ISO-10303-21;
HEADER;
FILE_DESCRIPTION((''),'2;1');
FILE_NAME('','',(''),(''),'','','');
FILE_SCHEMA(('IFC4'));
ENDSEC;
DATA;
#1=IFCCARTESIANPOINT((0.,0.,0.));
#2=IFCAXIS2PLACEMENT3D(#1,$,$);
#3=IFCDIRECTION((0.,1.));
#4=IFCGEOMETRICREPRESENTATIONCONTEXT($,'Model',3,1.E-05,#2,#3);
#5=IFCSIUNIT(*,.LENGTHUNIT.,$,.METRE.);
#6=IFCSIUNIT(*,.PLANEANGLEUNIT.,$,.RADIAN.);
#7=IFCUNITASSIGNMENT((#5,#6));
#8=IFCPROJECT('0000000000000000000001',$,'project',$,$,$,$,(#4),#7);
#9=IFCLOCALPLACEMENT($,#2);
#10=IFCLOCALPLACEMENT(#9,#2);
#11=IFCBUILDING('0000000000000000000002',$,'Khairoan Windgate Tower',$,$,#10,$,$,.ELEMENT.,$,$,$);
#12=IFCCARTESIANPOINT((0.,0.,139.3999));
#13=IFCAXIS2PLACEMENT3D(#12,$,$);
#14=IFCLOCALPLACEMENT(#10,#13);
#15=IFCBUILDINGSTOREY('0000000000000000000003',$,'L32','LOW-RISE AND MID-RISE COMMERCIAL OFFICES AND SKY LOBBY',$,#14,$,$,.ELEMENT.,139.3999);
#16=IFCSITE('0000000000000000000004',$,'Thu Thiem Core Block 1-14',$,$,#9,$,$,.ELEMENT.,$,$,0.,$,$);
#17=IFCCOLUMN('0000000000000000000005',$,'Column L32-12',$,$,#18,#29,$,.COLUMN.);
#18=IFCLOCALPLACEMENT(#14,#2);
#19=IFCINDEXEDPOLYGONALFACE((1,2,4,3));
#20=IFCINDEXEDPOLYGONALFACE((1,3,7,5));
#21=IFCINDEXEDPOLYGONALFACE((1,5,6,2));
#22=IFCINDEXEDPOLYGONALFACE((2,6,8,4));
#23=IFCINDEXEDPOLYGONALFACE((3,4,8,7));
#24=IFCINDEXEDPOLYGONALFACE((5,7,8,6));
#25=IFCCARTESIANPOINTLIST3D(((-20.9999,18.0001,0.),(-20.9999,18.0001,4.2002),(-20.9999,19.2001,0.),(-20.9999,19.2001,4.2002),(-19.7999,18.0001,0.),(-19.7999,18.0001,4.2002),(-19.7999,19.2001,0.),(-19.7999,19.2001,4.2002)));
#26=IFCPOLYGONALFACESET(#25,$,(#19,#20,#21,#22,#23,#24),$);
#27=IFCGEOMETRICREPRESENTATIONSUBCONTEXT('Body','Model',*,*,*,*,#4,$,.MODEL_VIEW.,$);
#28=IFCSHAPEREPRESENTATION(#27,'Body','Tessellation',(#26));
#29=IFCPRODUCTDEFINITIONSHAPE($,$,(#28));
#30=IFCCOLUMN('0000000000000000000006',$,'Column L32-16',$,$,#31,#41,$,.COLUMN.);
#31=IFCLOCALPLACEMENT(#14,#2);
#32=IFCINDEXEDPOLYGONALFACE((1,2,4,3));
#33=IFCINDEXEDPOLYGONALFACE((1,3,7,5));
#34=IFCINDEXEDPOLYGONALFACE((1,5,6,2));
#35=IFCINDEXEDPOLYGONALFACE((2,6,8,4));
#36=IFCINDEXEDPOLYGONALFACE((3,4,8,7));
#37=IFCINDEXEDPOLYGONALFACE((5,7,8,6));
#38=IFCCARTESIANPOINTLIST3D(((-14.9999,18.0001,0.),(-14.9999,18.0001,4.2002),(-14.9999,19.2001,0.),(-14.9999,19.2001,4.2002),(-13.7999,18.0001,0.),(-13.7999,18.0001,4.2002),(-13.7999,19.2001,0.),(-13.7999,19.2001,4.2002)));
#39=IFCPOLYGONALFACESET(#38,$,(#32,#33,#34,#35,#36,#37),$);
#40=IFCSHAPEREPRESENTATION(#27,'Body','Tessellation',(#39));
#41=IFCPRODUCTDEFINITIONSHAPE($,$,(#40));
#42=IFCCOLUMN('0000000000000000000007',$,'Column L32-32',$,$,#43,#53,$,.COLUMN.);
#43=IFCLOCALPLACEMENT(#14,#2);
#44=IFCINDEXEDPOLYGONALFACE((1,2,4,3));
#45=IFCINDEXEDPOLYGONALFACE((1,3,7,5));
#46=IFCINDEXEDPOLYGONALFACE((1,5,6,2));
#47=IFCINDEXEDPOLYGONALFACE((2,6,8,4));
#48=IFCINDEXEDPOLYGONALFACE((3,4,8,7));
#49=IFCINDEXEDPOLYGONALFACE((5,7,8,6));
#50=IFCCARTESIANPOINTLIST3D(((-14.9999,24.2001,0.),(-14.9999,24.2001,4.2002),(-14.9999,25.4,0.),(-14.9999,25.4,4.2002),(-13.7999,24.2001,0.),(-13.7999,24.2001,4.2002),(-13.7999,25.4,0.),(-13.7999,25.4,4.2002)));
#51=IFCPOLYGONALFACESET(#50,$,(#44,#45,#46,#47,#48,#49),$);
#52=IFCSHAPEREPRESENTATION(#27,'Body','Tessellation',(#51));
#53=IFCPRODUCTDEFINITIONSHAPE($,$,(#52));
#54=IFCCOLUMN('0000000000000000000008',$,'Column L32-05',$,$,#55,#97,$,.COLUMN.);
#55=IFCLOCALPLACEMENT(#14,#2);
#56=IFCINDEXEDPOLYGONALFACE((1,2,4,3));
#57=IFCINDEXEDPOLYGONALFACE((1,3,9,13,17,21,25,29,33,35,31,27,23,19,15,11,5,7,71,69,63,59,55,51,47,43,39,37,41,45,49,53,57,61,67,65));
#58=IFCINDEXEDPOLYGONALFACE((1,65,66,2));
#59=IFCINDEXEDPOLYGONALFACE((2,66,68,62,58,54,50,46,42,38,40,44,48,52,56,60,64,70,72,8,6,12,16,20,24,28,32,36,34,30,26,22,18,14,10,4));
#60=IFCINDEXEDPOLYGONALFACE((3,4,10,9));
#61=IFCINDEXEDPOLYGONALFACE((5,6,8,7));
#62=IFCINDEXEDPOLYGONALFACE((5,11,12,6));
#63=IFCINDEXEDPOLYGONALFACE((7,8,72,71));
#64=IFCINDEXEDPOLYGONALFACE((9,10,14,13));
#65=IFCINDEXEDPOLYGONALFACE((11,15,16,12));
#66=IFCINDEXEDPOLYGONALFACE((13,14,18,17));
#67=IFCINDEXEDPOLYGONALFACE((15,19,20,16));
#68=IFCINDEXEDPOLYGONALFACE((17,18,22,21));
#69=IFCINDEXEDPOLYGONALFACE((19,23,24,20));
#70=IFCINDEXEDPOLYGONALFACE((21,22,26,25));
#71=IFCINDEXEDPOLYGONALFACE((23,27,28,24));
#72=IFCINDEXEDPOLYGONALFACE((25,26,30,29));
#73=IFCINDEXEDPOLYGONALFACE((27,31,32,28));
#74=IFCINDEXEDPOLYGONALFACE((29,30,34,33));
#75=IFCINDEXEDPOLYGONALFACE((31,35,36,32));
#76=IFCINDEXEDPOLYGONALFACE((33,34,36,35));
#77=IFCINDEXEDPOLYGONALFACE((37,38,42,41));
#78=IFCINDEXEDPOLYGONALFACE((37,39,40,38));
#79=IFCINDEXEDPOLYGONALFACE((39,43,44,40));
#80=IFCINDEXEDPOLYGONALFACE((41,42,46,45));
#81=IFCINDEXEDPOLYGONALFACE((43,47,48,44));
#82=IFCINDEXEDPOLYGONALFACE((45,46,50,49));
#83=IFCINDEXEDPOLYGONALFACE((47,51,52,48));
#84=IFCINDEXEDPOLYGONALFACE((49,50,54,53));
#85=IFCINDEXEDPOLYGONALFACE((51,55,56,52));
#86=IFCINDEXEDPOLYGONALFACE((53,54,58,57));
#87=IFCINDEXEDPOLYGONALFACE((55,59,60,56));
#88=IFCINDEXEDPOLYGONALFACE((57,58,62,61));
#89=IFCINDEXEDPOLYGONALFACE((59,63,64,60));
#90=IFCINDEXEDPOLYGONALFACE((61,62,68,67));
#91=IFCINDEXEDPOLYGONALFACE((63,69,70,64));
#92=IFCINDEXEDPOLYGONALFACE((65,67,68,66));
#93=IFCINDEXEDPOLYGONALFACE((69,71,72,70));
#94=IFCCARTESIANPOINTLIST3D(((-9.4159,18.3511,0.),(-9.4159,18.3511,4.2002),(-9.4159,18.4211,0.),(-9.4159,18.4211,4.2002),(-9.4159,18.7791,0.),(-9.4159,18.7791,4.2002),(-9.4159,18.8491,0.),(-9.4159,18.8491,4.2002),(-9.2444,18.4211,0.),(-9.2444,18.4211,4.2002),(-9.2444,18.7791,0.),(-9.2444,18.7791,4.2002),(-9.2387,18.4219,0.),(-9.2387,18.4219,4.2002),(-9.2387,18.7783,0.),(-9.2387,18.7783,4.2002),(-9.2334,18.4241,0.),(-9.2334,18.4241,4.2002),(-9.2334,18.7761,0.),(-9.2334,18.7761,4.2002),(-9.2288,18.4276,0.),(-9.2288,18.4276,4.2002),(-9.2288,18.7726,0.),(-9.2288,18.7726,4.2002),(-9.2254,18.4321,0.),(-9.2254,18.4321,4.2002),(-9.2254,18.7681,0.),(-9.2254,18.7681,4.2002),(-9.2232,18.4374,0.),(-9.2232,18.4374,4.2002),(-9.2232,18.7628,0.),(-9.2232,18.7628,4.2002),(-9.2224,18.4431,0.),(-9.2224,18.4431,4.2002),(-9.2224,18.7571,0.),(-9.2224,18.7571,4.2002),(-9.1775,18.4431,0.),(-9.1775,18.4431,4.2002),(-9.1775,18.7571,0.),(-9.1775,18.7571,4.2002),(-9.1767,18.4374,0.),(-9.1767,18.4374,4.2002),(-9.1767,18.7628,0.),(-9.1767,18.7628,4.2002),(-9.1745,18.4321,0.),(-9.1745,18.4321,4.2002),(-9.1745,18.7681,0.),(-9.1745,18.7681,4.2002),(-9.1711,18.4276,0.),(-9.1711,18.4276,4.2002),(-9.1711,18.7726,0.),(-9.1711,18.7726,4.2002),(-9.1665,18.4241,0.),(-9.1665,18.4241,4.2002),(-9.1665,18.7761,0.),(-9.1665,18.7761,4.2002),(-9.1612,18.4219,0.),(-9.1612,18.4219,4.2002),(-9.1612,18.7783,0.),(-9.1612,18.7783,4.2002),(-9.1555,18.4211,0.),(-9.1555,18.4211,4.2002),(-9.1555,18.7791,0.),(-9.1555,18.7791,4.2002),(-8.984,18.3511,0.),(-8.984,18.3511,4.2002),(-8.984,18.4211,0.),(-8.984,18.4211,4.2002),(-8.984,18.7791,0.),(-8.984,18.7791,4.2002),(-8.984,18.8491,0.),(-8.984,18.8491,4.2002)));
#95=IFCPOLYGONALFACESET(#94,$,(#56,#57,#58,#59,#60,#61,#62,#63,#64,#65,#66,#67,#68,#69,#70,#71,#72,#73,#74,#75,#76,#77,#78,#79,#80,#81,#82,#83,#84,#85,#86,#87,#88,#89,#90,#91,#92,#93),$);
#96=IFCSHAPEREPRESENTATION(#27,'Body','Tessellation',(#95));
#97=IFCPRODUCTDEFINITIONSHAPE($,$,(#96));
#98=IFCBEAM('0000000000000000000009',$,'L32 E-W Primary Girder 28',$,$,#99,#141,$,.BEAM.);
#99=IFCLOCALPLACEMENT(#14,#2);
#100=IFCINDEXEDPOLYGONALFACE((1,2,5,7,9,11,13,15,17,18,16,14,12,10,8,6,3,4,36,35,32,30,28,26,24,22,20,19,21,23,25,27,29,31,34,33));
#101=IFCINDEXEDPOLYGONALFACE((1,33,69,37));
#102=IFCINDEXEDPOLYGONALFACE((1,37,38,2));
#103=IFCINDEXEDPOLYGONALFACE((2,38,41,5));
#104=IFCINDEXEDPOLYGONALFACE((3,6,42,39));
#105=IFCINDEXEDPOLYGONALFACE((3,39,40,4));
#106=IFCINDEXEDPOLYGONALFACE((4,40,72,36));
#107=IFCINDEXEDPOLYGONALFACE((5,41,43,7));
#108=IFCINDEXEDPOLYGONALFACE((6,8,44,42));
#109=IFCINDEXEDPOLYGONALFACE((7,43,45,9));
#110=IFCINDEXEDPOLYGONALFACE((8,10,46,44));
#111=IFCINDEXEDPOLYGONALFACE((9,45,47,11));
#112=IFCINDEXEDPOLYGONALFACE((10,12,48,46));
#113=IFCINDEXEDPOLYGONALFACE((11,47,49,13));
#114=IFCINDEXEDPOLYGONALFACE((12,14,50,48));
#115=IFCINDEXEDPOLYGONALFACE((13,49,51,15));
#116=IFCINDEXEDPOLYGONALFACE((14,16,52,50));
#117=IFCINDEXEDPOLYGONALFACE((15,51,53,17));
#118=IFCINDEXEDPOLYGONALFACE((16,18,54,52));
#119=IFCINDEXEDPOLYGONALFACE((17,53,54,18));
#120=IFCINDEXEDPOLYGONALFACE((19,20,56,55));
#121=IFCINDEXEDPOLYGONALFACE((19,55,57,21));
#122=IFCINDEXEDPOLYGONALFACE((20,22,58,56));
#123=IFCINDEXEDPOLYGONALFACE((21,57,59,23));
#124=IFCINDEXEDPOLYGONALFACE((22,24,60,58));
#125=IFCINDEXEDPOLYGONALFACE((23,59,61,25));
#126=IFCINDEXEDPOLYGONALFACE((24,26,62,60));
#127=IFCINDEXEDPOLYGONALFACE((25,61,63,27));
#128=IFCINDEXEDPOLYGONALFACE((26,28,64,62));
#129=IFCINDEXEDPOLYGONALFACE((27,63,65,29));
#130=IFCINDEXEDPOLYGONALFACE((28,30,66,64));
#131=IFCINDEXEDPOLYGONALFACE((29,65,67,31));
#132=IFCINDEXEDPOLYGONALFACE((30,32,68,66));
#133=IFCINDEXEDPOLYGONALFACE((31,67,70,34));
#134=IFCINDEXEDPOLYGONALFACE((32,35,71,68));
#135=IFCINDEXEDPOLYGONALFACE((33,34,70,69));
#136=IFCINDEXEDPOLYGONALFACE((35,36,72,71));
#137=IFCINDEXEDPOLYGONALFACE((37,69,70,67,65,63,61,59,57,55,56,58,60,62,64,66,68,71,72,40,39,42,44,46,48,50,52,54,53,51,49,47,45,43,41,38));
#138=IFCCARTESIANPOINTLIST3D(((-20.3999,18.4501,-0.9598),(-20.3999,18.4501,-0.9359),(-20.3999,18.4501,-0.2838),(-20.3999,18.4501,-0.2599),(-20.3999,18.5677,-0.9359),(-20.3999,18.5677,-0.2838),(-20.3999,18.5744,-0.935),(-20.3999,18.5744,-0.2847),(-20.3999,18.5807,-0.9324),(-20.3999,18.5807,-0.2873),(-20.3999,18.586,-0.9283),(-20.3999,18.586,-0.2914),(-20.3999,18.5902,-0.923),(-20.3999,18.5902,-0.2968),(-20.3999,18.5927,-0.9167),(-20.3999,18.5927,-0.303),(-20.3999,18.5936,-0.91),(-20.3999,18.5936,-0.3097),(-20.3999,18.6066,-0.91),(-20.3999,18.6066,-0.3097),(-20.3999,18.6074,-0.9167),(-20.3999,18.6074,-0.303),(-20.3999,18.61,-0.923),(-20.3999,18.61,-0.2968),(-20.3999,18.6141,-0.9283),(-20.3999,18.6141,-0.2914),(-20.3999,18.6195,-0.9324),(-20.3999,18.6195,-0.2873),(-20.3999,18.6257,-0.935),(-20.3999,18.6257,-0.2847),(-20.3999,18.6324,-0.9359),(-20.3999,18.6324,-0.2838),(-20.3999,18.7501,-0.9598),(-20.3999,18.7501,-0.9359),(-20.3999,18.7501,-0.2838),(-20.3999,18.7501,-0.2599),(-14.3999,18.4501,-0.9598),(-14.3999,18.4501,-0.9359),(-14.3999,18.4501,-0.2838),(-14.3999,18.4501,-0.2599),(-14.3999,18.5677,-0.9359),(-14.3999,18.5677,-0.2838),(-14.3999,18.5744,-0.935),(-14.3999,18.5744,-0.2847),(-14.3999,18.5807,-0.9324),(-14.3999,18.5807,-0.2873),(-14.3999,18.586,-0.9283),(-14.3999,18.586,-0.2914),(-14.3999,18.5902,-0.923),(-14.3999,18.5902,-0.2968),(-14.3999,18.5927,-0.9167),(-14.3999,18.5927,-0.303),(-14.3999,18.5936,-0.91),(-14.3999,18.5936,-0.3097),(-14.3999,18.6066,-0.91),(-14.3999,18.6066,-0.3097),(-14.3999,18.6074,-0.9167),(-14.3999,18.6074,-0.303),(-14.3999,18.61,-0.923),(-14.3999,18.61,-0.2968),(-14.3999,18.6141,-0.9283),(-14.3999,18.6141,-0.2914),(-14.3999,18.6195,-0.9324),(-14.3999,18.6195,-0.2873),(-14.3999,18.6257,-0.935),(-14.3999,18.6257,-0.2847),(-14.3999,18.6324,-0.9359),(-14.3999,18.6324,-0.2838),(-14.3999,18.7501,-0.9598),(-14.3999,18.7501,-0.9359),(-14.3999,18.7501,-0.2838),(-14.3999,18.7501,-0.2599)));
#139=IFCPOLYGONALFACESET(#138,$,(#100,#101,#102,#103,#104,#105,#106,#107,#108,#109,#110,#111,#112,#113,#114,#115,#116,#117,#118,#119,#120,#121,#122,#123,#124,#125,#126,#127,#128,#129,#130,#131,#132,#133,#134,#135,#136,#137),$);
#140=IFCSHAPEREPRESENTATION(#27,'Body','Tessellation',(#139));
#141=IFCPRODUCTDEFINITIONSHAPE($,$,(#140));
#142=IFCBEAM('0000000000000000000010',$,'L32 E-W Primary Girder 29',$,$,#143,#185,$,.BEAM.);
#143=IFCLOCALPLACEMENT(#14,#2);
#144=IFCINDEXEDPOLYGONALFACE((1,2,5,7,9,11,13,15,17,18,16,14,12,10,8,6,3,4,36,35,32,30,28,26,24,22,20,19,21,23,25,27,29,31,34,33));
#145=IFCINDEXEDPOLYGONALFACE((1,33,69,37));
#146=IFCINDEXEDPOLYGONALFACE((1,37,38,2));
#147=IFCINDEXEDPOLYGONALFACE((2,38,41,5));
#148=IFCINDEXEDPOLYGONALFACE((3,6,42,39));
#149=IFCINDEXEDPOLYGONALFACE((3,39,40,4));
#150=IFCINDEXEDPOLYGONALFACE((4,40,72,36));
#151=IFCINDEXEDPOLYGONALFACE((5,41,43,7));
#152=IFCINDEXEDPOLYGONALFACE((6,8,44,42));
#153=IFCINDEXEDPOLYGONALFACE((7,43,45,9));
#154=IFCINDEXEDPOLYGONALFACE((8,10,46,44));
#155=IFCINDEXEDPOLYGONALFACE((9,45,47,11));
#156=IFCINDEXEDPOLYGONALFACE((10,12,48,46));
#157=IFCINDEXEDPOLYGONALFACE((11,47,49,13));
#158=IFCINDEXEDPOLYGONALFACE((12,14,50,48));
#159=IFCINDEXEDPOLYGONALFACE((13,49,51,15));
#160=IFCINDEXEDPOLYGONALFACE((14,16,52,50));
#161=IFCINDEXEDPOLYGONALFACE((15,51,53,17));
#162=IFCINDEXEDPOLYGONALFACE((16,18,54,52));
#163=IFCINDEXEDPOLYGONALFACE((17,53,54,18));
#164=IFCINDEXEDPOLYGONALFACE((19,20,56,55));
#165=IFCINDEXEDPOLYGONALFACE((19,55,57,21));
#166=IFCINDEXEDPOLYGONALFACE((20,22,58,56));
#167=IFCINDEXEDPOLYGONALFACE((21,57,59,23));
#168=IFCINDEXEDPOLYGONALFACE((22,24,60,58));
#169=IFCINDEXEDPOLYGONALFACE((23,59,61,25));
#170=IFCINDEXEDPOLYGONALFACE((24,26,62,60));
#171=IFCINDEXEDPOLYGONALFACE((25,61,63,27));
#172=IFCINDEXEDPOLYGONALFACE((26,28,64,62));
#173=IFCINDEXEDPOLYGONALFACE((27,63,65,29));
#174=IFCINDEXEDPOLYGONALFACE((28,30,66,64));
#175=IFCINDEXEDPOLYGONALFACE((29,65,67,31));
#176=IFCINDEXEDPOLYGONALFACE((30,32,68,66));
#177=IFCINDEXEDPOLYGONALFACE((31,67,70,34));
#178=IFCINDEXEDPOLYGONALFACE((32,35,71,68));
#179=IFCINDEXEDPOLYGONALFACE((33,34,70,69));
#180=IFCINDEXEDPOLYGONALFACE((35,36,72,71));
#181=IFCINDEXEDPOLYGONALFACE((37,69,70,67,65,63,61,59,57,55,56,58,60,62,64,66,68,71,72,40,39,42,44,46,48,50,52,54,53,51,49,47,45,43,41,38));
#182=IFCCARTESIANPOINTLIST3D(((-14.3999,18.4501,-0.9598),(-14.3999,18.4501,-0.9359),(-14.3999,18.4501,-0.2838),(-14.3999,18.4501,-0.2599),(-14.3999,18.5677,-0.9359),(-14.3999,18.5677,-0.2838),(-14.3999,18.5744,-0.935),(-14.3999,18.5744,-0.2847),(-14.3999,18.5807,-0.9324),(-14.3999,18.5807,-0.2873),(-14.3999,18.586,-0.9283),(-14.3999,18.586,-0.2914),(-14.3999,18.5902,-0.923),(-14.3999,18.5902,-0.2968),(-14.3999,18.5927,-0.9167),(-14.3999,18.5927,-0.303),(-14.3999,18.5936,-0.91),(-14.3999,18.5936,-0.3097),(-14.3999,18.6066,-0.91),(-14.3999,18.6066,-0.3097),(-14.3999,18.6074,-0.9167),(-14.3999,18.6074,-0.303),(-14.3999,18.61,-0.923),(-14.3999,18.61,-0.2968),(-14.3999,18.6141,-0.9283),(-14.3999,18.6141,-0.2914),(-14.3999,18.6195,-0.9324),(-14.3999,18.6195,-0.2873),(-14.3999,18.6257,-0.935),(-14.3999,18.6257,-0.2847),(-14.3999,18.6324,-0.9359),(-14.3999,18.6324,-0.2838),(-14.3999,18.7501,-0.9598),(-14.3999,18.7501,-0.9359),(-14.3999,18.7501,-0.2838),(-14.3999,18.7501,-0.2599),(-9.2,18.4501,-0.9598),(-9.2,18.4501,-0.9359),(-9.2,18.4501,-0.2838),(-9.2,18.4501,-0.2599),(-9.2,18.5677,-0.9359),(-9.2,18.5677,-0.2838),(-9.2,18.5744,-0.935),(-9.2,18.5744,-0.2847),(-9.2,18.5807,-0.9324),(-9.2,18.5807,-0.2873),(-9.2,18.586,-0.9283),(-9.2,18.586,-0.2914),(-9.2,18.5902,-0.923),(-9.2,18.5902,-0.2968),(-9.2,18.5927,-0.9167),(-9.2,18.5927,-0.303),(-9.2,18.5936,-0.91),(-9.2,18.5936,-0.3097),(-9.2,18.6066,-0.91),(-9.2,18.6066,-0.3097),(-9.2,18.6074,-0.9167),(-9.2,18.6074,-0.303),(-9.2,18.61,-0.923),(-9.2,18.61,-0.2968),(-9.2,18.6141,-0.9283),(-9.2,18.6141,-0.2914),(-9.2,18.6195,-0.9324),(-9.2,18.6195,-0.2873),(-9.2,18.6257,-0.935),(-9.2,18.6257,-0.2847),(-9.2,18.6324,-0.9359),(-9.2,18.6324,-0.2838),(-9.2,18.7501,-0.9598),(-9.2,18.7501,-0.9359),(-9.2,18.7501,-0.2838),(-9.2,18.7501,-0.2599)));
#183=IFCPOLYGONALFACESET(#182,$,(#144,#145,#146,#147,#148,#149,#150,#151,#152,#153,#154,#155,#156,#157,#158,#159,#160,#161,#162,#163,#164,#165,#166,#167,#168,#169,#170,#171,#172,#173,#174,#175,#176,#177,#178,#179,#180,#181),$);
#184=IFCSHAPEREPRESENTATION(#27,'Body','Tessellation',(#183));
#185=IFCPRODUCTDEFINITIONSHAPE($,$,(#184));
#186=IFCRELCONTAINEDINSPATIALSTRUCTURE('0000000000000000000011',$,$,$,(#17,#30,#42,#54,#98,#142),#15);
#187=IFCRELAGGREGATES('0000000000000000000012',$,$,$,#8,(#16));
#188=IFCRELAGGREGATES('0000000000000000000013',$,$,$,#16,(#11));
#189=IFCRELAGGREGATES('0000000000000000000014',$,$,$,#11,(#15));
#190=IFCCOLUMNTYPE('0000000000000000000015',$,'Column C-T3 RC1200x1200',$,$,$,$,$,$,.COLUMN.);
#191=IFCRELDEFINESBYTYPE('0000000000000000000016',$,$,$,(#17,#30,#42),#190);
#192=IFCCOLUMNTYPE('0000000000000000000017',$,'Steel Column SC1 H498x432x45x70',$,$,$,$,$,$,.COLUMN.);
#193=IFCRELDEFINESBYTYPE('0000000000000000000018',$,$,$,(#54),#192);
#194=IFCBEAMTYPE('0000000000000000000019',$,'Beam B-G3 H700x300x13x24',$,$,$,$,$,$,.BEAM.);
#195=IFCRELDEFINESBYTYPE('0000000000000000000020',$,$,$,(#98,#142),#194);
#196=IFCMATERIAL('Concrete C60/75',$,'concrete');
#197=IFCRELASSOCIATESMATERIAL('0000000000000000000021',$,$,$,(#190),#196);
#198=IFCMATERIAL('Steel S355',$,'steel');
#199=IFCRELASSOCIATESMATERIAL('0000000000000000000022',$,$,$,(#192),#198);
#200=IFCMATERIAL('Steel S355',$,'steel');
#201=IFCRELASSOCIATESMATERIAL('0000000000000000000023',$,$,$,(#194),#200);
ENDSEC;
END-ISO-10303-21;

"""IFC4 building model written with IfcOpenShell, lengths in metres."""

from ifc_helpers import new_model, si_unit, direction, frame, origin, origin_2d, place, context, subcontext, project, spatial, rectangle, i_section, extrude, material, material_profile, profile_set, type_object, element, save


model = new_model("IFC4")

# Units and contexts
model_context = context("Model", 3, precision=1e-05, world=origin(), true_north=direction((0.0, 1.0)))
body_context = subcontext(model_context, "Body", "Model", "MODEL_VIEW")
ifc_project = project(units=[si_unit("LENGTHUNIT", "METRE"), si_unit("PLANEANGLEUNIT", "RADIAN")], contexts=[model_context])

# Site, building, storey
site_placement = place(None, origin())
site = spatial("IfcSite", under=ifc_project, at=site_placement, Name="Thu Thiem Core Block 1-14", CompositionType="ELEMENT", RefElevation=0.0)
building_placement = place(site_placement, origin())
building = spatial("IfcBuilding", under=site, at=building_placement, Name="Khairoan Windgate Tower", CompositionType="ELEMENT")
storey_placement = place(building_placement, frame((0.0, 0.0, 139.3999)))
storey = spatial("IfcBuildingStorey", under=building, at=storey_placement, Name="L32", Description="LOW-RISE AND MID-RISE COMMERCIAL OFFICES AND SKY LOBBY", CompositionType="ELEMENT", Elevation=139.3999)

# Columns
ifc_material_1 = material(Name="Concrete C60/75", Category="concrete")
ifc_material_profile_1 = material_profile(ifc_material_1, rectangle(XDim=1.2, YDim=1.2, at=origin_2d()))
ifc_profile_set_1 = profile_set([ifc_material_profile_1], Name="Concrete C60/75")
column_type_1 = type_object("IfcColumnType", Name="Column C-T3 RC1200x1200", PredefinedType="COLUMN", material=ifc_profile_set_1)
for number, where, z_axis, x_axis, name in (
    (1, (-20.3999, 18.6001, 0.0), (0.0, 0.0, 1.0), (1.0, 0.0, 0.0), "Column L32-12"),
    (2, (-14.3999, 18.6001, 0.0), (0.0, 0.0, 1.0), (1.0, 0.0, 0.0), "Column L32-16"),
    (3, (-14.3999, 24.8, 0.0), (0.0, 0.0, 1.0), (1.0, 0.0, 0.0), "Column L32-32"),
):
    element("IfcColumn", number, at=place(storey_placement, frame(where, z_axis=z_axis, x_axis=x_axis)), inside=storey, type_object=column_type_1, Name=name, PredefinedType="COLUMN", context=body_context, shape_type="SweptSolid", body=[
        extrude(rectangle(XDim=1.2, YDim=1.2, at=origin_2d()), origin(), (0.0, 0.0, 1.0), 4.2002),
    ])
ifc_material_2 = material(Name="Steel S355", Category="steel")
ifc_material_profile_2 = material_profile(ifc_material_2, i_section(OverallWidth=0.4319, OverallDepth=0.498, WebThickness=0.0449, FlangeThickness=0.0701, FilletRadius=0.022, at=origin_2d()))
ifc_profile_set_2 = profile_set([ifc_material_profile_2], Name="Steel S355")
column_type_2 = type_object("IfcColumnType", Name="Steel Column SC1 H498x432x45x70", PredefinedType="COLUMN", material=ifc_profile_set_2)
column_placement = place(storey_placement, frame((-9.2, 18.6001, 0.0), z_axis=(0.0, 0.0, 1.0), x_axis=(1.0, 0.0, 0.0)))
element("IfcColumn", 4, at=column_placement, inside=storey, type_object=column_type_2, Name="Column L32-05", PredefinedType="COLUMN", context=body_context, shape_type="SweptSolid", body=[
    extrude(i_section(OverallWidth=0.4319, OverallDepth=0.498, WebThickness=0.0449, FlangeThickness=0.0701, FilletRadius=0.022, at=origin_2d()), origin(), (0.0, 0.0, 1.0), 4.2002),
])

# Beams
ifc_material_3 = material(Name="Steel S355", Category="steel")
ifc_material_profile_3 = material_profile(ifc_material_3, i_section(OverallWidth=0.3, OverallDepth=0.7, WebThickness=0.0129, FlangeThickness=0.0239, FilletRadius=0.0259, at=origin_2d()))
ifc_profile_set_3 = profile_set([ifc_material_profile_3], Name="Steel S355")
beam_type = type_object("IfcBeamType", Name="Beam B-G3 H700x300x13x24", PredefinedType="BEAM", material=ifc_profile_set_3)
beam_1_placement = place(storey_placement, frame((-20.3999, 18.6001, -0.6099), z_axis=(1.0, 0.0, 0.0), x_axis=(0.0, 1.0, 0.0)))
element("IfcBeam", 5, at=beam_1_placement, inside=storey, type_object=beam_type, Name="L32 E-W Primary Girder 28", PredefinedType="BEAM", context=body_context, shape_type="SweptSolid", body=[
    extrude(i_section(OverallWidth=0.3, OverallDepth=0.7, WebThickness=0.0129, FlangeThickness=0.0239, FilletRadius=0.0259, at=origin_2d()), origin(), (0.0, 0.0, 1.0), 6.0),
])
beam_2_placement = place(storey_placement, frame((-14.3999, 18.6001, -0.6099), z_axis=(1.0, 0.0, 0.0), x_axis=(0.0, 1.0, 0.0)))
element("IfcBeam", 6, at=beam_2_placement, inside=storey, type_object=beam_type, Name="L32 E-W Primary Girder 29", PredefinedType="BEAM", context=body_context, shape_type="SweptSolid", body=[
    extrude(i_section(OverallWidth=0.3, OverallDepth=0.7, WebThickness=0.0129, FlangeThickness=0.0239, FilletRadius=0.0259, at=origin_2d()), origin(), (0.0, 0.0, 1.0), 5.2),
])

save(model, "model.ifc")
